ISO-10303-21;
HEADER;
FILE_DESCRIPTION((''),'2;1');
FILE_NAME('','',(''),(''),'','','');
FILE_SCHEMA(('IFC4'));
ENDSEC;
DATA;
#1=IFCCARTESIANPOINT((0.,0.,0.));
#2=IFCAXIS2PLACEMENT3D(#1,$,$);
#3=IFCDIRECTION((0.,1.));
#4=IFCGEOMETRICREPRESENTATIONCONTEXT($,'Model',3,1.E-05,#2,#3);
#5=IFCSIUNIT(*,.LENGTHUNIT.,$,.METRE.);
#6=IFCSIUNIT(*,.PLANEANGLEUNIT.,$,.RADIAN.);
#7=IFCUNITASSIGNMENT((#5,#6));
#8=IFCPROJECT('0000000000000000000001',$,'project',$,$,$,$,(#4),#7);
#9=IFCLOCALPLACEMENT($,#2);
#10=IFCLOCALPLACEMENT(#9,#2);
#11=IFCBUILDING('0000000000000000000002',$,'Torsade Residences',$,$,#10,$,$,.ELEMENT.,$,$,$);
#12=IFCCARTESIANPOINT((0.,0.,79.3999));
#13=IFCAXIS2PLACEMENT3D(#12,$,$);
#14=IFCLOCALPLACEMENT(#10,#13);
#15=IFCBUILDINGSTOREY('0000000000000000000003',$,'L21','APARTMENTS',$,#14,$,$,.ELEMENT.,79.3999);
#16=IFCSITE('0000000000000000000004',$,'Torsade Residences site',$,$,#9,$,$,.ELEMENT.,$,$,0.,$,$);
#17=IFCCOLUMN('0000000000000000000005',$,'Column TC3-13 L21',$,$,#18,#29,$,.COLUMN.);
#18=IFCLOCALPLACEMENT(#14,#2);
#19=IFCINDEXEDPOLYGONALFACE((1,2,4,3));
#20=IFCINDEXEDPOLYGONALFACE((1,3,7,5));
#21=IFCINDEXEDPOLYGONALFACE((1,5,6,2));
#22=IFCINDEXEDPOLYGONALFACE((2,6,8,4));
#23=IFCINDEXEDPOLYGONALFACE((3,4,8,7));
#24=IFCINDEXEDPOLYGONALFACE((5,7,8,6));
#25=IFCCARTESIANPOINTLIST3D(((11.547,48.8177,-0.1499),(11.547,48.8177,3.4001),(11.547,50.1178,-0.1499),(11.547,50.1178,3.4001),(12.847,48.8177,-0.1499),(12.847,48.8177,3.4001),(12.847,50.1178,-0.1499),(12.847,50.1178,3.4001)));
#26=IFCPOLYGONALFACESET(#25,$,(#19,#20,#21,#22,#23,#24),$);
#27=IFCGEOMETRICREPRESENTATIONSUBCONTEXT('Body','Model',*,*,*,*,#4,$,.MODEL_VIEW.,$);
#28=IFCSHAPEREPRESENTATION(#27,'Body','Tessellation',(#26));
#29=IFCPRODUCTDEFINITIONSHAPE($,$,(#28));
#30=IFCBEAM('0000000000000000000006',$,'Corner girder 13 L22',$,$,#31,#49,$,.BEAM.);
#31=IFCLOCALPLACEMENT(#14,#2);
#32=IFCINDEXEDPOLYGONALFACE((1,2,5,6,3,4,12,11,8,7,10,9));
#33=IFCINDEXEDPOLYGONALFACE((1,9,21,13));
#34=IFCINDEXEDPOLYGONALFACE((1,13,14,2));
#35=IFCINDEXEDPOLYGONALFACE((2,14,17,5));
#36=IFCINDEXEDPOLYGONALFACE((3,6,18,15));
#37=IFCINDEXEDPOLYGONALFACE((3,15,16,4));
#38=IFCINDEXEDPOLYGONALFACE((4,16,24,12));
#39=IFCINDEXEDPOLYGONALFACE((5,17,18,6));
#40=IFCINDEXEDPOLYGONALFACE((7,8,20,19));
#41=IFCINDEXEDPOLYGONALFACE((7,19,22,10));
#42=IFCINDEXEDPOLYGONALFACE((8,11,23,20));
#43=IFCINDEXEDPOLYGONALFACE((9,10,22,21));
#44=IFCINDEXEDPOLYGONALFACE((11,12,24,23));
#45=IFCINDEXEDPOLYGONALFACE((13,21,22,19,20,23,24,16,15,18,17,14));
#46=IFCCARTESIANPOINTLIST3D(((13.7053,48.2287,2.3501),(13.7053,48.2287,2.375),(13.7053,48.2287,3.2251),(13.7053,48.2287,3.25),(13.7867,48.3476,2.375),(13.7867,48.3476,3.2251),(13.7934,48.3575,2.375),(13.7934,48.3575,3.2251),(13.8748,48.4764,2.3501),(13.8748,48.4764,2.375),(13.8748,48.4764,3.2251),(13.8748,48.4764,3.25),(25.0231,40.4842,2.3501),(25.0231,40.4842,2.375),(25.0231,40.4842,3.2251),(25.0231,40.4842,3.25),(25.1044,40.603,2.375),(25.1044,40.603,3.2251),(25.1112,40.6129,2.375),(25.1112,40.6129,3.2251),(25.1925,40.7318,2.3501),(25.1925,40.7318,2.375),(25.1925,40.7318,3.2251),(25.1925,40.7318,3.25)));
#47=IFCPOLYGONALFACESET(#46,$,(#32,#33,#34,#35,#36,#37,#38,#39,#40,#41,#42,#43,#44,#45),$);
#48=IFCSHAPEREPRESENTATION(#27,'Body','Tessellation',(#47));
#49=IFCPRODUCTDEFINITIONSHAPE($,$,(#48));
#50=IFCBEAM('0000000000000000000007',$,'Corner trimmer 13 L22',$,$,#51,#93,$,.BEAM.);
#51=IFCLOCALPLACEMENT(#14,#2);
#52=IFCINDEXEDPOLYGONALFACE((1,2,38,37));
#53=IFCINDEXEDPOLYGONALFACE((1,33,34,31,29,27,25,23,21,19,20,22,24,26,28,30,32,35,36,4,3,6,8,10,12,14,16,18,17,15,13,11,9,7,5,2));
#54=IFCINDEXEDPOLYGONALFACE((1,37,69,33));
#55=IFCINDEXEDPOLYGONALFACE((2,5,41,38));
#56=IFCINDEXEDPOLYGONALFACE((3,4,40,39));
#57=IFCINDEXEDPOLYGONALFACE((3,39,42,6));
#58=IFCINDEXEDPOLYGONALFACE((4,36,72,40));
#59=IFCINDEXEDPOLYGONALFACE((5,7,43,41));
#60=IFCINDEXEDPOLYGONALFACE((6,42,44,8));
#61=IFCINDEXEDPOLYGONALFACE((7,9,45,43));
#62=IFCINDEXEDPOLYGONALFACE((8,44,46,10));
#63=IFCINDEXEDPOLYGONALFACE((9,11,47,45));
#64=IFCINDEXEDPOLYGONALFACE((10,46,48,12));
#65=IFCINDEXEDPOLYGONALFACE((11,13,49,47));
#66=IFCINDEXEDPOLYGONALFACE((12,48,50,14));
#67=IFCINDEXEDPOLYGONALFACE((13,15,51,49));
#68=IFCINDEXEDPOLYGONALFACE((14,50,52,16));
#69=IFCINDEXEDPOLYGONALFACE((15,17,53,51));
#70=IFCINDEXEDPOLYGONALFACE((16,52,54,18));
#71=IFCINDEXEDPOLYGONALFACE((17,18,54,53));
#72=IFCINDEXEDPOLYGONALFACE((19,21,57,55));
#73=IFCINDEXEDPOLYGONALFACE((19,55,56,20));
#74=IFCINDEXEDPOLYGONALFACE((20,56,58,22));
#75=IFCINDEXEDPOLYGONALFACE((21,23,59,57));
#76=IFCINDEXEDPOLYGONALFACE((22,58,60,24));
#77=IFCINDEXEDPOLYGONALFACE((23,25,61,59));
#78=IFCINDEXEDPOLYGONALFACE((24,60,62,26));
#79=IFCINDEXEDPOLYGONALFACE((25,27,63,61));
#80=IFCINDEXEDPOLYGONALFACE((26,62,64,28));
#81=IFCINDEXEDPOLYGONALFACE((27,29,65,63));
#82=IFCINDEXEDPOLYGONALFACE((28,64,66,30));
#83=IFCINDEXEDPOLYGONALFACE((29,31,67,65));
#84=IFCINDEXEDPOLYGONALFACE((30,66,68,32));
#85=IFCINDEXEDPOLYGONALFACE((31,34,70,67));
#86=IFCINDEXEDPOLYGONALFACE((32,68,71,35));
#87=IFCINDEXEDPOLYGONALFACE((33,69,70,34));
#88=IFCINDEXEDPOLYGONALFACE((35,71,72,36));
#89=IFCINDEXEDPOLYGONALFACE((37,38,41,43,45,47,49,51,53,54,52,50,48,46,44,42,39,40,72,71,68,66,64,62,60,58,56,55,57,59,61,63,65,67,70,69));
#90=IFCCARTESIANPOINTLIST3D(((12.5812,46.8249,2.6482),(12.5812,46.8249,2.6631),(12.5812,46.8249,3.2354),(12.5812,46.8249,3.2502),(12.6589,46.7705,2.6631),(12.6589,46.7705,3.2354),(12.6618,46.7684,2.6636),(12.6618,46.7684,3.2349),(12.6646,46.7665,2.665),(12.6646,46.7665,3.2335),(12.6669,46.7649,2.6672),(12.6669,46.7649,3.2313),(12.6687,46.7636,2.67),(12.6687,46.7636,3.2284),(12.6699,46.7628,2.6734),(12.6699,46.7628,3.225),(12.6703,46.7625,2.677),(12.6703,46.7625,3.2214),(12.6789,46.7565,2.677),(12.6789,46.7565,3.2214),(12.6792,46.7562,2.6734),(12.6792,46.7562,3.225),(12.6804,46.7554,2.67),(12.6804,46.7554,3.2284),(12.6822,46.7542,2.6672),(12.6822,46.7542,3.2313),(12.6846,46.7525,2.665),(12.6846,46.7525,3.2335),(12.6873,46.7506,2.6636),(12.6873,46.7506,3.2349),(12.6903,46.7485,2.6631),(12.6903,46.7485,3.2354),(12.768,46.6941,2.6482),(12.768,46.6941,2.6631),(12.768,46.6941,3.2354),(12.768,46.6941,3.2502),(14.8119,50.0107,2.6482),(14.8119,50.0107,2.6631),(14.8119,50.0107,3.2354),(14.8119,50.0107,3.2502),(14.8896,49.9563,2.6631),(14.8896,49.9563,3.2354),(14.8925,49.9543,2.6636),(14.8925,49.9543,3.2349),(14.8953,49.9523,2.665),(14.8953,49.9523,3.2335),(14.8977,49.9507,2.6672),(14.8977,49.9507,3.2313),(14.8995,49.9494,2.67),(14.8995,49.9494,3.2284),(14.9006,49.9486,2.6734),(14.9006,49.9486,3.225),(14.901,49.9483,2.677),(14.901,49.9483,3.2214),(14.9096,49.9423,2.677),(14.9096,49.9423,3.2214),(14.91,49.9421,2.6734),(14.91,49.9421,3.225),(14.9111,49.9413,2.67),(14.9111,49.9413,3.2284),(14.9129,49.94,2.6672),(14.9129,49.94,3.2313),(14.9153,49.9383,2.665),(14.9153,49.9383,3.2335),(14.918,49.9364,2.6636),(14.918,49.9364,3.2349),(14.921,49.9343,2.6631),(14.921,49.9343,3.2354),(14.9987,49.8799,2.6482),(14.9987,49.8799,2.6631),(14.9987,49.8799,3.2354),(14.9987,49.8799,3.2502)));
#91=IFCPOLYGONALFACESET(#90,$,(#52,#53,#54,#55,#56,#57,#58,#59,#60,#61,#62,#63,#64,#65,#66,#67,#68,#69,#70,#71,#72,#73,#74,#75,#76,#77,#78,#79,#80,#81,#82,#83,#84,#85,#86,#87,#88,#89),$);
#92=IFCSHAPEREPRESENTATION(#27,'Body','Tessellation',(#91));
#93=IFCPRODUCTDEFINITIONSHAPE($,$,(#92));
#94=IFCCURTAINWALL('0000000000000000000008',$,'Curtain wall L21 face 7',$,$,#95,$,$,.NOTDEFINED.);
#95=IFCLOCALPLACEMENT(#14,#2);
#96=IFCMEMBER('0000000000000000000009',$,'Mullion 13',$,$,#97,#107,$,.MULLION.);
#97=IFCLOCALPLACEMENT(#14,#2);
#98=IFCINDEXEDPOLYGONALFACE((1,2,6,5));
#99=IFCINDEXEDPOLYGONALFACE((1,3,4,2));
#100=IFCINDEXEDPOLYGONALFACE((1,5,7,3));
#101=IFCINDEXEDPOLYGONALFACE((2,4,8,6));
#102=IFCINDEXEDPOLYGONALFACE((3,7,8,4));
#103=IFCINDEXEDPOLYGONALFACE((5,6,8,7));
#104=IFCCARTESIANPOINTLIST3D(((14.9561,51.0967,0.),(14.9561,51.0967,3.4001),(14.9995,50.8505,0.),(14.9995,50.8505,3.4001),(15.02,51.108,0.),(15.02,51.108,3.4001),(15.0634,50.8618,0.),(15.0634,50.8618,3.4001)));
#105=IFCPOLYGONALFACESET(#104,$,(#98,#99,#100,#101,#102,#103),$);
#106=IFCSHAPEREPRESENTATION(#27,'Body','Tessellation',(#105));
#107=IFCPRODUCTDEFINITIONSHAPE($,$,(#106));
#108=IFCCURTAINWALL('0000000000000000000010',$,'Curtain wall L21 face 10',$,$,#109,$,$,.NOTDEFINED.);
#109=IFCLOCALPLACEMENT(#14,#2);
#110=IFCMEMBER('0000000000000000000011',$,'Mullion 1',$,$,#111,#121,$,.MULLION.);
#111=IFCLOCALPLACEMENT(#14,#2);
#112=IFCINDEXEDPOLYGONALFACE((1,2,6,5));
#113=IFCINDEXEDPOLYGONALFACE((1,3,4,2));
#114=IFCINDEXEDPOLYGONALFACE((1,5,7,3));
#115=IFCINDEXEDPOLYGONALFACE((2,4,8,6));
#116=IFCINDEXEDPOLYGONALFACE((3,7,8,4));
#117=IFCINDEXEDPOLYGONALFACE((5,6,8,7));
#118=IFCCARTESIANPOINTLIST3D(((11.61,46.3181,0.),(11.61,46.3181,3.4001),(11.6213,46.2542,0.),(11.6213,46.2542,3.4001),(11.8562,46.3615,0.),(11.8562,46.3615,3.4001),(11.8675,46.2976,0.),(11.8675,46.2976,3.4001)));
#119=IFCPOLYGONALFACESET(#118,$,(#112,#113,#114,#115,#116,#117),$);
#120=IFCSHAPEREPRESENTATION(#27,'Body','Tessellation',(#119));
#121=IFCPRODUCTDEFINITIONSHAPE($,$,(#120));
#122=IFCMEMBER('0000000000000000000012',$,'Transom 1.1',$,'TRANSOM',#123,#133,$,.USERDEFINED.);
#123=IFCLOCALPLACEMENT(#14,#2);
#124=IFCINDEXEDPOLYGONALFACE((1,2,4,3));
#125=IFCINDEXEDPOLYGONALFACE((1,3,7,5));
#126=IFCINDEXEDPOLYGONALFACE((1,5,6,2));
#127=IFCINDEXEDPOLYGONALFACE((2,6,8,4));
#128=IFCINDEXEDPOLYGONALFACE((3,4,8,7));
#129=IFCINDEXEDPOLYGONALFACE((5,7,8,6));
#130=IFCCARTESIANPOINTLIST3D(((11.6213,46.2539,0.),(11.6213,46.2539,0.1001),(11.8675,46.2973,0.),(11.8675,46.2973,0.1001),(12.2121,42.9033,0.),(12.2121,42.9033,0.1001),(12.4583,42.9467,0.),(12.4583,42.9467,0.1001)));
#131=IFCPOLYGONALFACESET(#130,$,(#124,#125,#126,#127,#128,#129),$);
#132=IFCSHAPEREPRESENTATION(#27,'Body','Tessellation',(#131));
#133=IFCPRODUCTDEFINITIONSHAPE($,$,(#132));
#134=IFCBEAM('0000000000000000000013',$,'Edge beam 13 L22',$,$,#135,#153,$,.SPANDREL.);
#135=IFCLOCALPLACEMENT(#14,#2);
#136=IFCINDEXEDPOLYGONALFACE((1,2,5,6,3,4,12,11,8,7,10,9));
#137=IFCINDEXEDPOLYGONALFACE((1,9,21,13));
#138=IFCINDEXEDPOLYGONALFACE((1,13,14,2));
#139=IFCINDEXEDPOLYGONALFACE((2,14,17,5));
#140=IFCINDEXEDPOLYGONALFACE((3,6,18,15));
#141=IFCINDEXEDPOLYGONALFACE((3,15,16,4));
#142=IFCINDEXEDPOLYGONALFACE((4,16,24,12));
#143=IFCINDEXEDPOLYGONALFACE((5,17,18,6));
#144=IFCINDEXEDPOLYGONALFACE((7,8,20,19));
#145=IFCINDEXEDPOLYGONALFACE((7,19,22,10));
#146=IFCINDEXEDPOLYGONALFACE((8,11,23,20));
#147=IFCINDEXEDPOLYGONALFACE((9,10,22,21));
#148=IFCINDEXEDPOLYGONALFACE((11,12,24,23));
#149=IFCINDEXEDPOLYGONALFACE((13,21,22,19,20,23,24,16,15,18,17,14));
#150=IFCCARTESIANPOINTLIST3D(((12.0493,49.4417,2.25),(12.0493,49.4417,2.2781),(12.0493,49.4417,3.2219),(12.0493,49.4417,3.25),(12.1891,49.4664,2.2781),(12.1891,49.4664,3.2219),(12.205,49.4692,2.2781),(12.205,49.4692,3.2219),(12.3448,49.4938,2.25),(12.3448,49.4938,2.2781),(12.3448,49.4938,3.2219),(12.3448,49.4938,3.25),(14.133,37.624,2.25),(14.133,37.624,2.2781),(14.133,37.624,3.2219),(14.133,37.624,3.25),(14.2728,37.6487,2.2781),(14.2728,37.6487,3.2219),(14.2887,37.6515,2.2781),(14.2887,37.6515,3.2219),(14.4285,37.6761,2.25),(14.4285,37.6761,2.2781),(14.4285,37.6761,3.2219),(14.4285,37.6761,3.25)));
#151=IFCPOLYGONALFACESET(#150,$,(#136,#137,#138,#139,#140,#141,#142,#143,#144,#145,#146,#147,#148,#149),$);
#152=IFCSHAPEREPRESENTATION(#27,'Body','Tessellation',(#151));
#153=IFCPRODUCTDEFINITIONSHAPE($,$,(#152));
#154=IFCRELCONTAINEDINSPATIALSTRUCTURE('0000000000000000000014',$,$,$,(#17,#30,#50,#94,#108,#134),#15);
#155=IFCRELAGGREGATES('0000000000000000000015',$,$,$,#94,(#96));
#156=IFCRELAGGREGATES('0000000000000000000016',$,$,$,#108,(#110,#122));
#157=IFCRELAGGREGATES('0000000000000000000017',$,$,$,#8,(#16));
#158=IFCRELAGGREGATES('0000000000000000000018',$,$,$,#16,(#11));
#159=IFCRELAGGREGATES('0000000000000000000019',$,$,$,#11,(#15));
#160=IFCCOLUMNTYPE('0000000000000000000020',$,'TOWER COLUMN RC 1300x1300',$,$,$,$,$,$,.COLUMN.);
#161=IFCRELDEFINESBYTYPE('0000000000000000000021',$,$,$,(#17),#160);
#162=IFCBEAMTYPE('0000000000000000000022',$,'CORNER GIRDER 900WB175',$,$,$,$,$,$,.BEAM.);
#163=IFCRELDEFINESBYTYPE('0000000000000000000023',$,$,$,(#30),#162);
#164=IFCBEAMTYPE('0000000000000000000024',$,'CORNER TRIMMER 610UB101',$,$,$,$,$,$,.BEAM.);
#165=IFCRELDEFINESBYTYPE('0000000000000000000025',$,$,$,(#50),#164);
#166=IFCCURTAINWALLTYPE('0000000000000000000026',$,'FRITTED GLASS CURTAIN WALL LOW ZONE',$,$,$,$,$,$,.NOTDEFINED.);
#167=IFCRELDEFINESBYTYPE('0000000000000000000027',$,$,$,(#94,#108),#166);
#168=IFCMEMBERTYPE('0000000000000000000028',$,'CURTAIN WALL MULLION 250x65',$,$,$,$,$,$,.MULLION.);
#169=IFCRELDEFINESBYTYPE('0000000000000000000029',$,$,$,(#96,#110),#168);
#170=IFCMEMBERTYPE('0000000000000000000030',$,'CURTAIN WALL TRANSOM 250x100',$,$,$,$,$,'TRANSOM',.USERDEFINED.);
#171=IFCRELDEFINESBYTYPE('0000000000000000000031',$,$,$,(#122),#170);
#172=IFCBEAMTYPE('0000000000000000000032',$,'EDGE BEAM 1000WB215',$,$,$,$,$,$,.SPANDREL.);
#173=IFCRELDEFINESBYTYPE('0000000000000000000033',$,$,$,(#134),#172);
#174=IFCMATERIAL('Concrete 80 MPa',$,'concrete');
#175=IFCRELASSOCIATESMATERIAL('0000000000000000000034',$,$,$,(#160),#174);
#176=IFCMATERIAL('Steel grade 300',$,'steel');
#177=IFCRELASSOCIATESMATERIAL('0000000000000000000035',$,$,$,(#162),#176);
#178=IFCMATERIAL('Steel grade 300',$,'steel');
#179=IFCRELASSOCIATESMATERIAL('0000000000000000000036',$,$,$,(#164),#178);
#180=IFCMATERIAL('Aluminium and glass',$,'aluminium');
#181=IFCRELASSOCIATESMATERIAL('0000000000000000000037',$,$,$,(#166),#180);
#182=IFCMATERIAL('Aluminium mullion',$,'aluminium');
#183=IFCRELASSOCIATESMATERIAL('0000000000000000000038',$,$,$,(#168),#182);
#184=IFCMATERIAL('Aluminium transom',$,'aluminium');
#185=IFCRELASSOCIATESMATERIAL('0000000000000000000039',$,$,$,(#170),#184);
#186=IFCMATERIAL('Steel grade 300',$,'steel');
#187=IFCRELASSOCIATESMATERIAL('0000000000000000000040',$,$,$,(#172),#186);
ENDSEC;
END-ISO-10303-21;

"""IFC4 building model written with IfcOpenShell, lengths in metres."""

from ifc_helpers import new_model, si_unit, direction, frame, origin, origin_2d, place, context, subcontext, project, spatial, rectangle, i_section, extrude, material, material_profile, profile_set, type_object, element, aggregate, save


model = new_model("IFC4")

# Units and contexts
model_context = context("Model", 3, precision=1e-05, world=origin(), true_north=direction((0.0, 1.0)))
body_context = subcontext(model_context, "Body", "Model", "MODEL_VIEW")
ifc_project = project(units=[si_unit("LENGTHUNIT", "METRE"), si_unit("PLANEANGLEUNIT", "RADIAN")], contexts=[model_context])

# Site, building, storey
site_placement = place(None, origin())
site = spatial("IfcSite", under=ifc_project, at=site_placement, Name="Torsade Residences site", CompositionType="ELEMENT", RefElevation=0.0)
building_placement = place(site_placement, origin())
building = spatial("IfcBuilding", under=site, at=building_placement, Name="Torsade Residences", CompositionType="ELEMENT")
storey_placement = place(building_placement, frame((0.0, 0.0, 79.3999)))
storey = spatial("IfcBuildingStorey", under=building, at=storey_placement, Name="L21", Description="APARTMENTS", CompositionType="ELEMENT", Elevation=79.3999)

# Column
ifc_material_1 = material(Name="Concrete 80 MPa", Category="concrete")
ifc_material_profile_1 = material_profile(ifc_material_1, rectangle(XDim=1.3, YDim=1.3, at=origin_2d()), Name="RC 1300x1300")
ifc_profile_set_1 = profile_set([ifc_material_profile_1], Name="Concrete 80 MPa")
column_type = type_object("IfcColumnType", Name="TOWER COLUMN RC 1300x1300", PredefinedType="COLUMN", material=ifc_profile_set_1)
column_placement = place(storey_placement, frame((12.197, 49.4678, -0.1499), z_axis=(0.0, 0.0, 1.0), x_axis=(1.0, 0.0, 0.0)))
element("IfcColumn", 1, at=column_placement, inside=storey, type_object=column_type, Name="Column TC3-13 L21", PredefinedType="COLUMN", context=body_context, shape_type="SweptSolid", body=[
    extrude(rectangle(XDim=1.3, YDim=1.3, at=origin_2d()), origin(), (0.0, 0.0, 1.0), 3.55),
])

# Beams
ifc_material_2 = material(Name="Steel grade 300", Category="steel")
ifc_material_profile_2 = material_profile(ifc_material_2, i_section(OverallWidth=0.3, OverallDepth=0.8999, WebThickness=0.012, FlangeThickness=0.0249, at=origin_2d()), Name="900WB175")
ifc_profile_set_2 = profile_set([ifc_material_profile_2], Name="Steel grade 300")
beam_type_1 = type_object("IfcBeamType", Name="CORNER GIRDER 900WB175", PredefinedType="BEAM", material=ifc_profile_set_2)
beam_1_placement = place(storey_placement, frame((13.79, 48.3525, 2.8), z_axis=(0.825279, -0.564725, 0.0), x_axis=(0.564725, 0.825279, 0.0)))
element("IfcBeam", 2, at=beam_1_placement, inside=storey, type_object=beam_type_1, Name="Corner girder 13 L22", PredefinedType="BEAM", context=body_context, shape_type="SweptSolid", body=[
    extrude(i_section(OverallWidth=0.3, OverallDepth=0.8999, WebThickness=0.012, FlangeThickness=0.0249, at=origin_2d()), origin(), (0.0, 0.0, 1.0), 13.7139),
])
ifc_material_3 = material(Name="Steel grade 300", Category="steel")
ifc_material_profile_3 = material_profile(ifc_material_3, i_section(OverallWidth=0.228, OverallDepth=0.6021, WebThickness=0.0105, FlangeThickness=0.0149, FilletRadius=0.0139, at=origin_2d()), Name="610UB101")
ifc_profile_set_3 = profile_set([ifc_material_profile_3], Name="Steel grade 300")
beam_type_2 = type_object("IfcBeamType", Name="CORNER TRIMMER 610UB101", PredefinedType="BEAM", material=ifc_profile_set_3)
beam_2_placement = place(storey_placement, frame((12.6746, 46.7595, 2.9492), z_axis=(0.573576, 0.819152, 0.0), x_axis=(-0.819152, 0.573576, 0.0)))
element("IfcBeam", 3, at=beam_2_placement, inside=storey, type_object=beam_type_2, Name="Corner trimmer 13 L22", PredefinedType="BEAM", context=body_context, shape_type="SweptSolid", body=[
    extrude(i_section(OverallWidth=0.228, OverallDepth=0.6021, WebThickness=0.0105, FlangeThickness=0.0149, FilletRadius=0.0139, at=origin_2d()), origin(), (0.0, 0.0, 1.0), 3.8892),
])

# Curtain wall, member
ifc_material_4 = material(Name="Aluminium and glass", Category="aluminium")
curtain_wall_type = type_object("IfcCurtainWallType", Name="FRITTED GLASS CURTAIN WALL LOW ZONE", PredefinedType="NOTDEFINED", material=ifc_material_4)
curtain_wall_1_placement = place(storey_placement, origin())
curtain_wall_1 = element("IfcCurtainWall", 4, at=curtain_wall_1_placement, inside=storey, type_object=curtain_wall_type, Name="Curtain wall L21 face 7", PredefinedType="NOTDEFINED")
ifc_material_5 = material(Name="Aluminium mullion", Category="aluminium")
ifc_material_profile_4 = material_profile(ifc_material_5, rectangle(XDim=0.25, YDim=0.0649, at=origin_2d()), Name="CURTAIN WALL MULLION 250x65")
ifc_profile_set_4 = profile_set([ifc_material_profile_4], Name="Aluminium mullion")
member_type_1 = type_object("IfcMemberType", Name="CURTAIN WALL MULLION 250x65", PredefinedType="MULLION", material=ifc_profile_set_4)
member_1_placement = place(storey_placement, frame((15.0098, 50.9792, 0.0), z_axis=(0.0, 0.0, 1.0), x_axis=(0.173648, -0.984808, 0.0)))
member_1 = element("IfcMember", 5, at=member_1_placement, type_object=member_type_1, Name="Mullion 13", PredefinedType="MULLION", context=body_context, shape_type="SweptSolid", body=[
    extrude(rectangle(XDim=0.25, YDim=0.0649, at=origin_2d()), origin(), (0.0, 0.0, 1.0), 3.4001),
])
aggregate(curtain_wall_1, [member_1])

# Curtain wall, members
curtain_wall_2_placement = place(storey_placement, origin())
curtain_wall_2 = element("IfcCurtainWall", 6, at=curtain_wall_2_placement, inside=storey, type_object=curtain_wall_type, Name="Curtain wall L21 face 10", PredefinedType="NOTDEFINED")
member_2_placement = place(storey_placement, frame((11.7388, 46.3079, 0.0), z_axis=(0.0, 0.0, 1.0), x_axis=(0.984808, 0.173648, 0.0)))
member_2 = element("IfcMember", 7, at=member_2_placement, type_object=member_type_1, Name="Mullion 1", PredefinedType="MULLION", context=body_context, shape_type="SweptSolid", body=[
    extrude(rectangle(XDim=0.25, YDim=0.0649, at=origin_2d()), origin(), (0.0, 0.0, 1.0), 3.4001),
])
ifc_material_6 = material(Name="Aluminium transom", Category="aluminium")
ifc_material_profile_5 = material_profile(ifc_material_6, rectangle(XDim=0.25, YDim=0.1001, at=origin_2d()), Name="CURTAIN WALL TRANSOM 250x100")
ifc_profile_set_5 = profile_set([ifc_material_profile_5], Name="Aluminium transom")
member_type_2 = type_object("IfcMemberType", Name="CURTAIN WALL TRANSOM 250x100", ElementType="TRANSOM", PredefinedType="USERDEFINED", material=ifc_profile_set_5)
member_3_placement = place(storey_placement, frame((11.7444, 46.2756, 0.05), z_axis=(0.173654, -0.984807, 0.0), x_axis=(0.984807, 0.173654, 0.0)))
member_3 = element("IfcMember", 8, at=member_3_placement, type_object=member_type_2, Name="Transom 1.1", ObjectType="TRANSOM", PredefinedType="USERDEFINED", context=body_context, shape_type="SweptSolid", body=[
    extrude(rectangle(XDim=0.25, YDim=0.1001, at=origin_2d()), origin(), (0.0, 0.0, 1.0), 3.4023),
])

# Beam
ifc_material_7 = material(Name="Steel grade 300", Category="steel")
ifc_material_profile_6 = material_profile(ifc_material_7, i_section(OverallWidth=0.3, OverallDepth=1.0, WebThickness=0.0161, FlangeThickness=0.0281, at=origin_2d()), Name="1000WB215")
ifc_profile_set_6 = profile_set([ifc_material_profile_6], Name="Steel grade 300")
beam_type_3 = type_object("IfcBeamType", Name="EDGE BEAM 1000WB215", PredefinedType="SPANDREL", material=ifc_profile_set_6)
beam_3_placement = place(storey_placement, frame((12.197, 49.4678, 2.75), z_axis=(0.173646, -0.984808, 0.0), x_axis=(0.984808, 0.173646, 0.0)))
element("IfcBeam", 9, at=beam_3_placement, inside=storey, type_object=beam_type_3, Name="Edge beam 13 L22", PredefinedType="SPANDREL", context=body_context, shape_type="SweptSolid", body=[
    extrude(i_section(OverallWidth=0.3, OverallDepth=1.0, WebThickness=0.0161, FlangeThickness=0.0281, at=origin_2d()), origin(), (0.0, 0.0, 1.0), 12.0),
])

aggregate(curtain_wall_2, [member_2, member_3])

save(model, "model.ifc")
